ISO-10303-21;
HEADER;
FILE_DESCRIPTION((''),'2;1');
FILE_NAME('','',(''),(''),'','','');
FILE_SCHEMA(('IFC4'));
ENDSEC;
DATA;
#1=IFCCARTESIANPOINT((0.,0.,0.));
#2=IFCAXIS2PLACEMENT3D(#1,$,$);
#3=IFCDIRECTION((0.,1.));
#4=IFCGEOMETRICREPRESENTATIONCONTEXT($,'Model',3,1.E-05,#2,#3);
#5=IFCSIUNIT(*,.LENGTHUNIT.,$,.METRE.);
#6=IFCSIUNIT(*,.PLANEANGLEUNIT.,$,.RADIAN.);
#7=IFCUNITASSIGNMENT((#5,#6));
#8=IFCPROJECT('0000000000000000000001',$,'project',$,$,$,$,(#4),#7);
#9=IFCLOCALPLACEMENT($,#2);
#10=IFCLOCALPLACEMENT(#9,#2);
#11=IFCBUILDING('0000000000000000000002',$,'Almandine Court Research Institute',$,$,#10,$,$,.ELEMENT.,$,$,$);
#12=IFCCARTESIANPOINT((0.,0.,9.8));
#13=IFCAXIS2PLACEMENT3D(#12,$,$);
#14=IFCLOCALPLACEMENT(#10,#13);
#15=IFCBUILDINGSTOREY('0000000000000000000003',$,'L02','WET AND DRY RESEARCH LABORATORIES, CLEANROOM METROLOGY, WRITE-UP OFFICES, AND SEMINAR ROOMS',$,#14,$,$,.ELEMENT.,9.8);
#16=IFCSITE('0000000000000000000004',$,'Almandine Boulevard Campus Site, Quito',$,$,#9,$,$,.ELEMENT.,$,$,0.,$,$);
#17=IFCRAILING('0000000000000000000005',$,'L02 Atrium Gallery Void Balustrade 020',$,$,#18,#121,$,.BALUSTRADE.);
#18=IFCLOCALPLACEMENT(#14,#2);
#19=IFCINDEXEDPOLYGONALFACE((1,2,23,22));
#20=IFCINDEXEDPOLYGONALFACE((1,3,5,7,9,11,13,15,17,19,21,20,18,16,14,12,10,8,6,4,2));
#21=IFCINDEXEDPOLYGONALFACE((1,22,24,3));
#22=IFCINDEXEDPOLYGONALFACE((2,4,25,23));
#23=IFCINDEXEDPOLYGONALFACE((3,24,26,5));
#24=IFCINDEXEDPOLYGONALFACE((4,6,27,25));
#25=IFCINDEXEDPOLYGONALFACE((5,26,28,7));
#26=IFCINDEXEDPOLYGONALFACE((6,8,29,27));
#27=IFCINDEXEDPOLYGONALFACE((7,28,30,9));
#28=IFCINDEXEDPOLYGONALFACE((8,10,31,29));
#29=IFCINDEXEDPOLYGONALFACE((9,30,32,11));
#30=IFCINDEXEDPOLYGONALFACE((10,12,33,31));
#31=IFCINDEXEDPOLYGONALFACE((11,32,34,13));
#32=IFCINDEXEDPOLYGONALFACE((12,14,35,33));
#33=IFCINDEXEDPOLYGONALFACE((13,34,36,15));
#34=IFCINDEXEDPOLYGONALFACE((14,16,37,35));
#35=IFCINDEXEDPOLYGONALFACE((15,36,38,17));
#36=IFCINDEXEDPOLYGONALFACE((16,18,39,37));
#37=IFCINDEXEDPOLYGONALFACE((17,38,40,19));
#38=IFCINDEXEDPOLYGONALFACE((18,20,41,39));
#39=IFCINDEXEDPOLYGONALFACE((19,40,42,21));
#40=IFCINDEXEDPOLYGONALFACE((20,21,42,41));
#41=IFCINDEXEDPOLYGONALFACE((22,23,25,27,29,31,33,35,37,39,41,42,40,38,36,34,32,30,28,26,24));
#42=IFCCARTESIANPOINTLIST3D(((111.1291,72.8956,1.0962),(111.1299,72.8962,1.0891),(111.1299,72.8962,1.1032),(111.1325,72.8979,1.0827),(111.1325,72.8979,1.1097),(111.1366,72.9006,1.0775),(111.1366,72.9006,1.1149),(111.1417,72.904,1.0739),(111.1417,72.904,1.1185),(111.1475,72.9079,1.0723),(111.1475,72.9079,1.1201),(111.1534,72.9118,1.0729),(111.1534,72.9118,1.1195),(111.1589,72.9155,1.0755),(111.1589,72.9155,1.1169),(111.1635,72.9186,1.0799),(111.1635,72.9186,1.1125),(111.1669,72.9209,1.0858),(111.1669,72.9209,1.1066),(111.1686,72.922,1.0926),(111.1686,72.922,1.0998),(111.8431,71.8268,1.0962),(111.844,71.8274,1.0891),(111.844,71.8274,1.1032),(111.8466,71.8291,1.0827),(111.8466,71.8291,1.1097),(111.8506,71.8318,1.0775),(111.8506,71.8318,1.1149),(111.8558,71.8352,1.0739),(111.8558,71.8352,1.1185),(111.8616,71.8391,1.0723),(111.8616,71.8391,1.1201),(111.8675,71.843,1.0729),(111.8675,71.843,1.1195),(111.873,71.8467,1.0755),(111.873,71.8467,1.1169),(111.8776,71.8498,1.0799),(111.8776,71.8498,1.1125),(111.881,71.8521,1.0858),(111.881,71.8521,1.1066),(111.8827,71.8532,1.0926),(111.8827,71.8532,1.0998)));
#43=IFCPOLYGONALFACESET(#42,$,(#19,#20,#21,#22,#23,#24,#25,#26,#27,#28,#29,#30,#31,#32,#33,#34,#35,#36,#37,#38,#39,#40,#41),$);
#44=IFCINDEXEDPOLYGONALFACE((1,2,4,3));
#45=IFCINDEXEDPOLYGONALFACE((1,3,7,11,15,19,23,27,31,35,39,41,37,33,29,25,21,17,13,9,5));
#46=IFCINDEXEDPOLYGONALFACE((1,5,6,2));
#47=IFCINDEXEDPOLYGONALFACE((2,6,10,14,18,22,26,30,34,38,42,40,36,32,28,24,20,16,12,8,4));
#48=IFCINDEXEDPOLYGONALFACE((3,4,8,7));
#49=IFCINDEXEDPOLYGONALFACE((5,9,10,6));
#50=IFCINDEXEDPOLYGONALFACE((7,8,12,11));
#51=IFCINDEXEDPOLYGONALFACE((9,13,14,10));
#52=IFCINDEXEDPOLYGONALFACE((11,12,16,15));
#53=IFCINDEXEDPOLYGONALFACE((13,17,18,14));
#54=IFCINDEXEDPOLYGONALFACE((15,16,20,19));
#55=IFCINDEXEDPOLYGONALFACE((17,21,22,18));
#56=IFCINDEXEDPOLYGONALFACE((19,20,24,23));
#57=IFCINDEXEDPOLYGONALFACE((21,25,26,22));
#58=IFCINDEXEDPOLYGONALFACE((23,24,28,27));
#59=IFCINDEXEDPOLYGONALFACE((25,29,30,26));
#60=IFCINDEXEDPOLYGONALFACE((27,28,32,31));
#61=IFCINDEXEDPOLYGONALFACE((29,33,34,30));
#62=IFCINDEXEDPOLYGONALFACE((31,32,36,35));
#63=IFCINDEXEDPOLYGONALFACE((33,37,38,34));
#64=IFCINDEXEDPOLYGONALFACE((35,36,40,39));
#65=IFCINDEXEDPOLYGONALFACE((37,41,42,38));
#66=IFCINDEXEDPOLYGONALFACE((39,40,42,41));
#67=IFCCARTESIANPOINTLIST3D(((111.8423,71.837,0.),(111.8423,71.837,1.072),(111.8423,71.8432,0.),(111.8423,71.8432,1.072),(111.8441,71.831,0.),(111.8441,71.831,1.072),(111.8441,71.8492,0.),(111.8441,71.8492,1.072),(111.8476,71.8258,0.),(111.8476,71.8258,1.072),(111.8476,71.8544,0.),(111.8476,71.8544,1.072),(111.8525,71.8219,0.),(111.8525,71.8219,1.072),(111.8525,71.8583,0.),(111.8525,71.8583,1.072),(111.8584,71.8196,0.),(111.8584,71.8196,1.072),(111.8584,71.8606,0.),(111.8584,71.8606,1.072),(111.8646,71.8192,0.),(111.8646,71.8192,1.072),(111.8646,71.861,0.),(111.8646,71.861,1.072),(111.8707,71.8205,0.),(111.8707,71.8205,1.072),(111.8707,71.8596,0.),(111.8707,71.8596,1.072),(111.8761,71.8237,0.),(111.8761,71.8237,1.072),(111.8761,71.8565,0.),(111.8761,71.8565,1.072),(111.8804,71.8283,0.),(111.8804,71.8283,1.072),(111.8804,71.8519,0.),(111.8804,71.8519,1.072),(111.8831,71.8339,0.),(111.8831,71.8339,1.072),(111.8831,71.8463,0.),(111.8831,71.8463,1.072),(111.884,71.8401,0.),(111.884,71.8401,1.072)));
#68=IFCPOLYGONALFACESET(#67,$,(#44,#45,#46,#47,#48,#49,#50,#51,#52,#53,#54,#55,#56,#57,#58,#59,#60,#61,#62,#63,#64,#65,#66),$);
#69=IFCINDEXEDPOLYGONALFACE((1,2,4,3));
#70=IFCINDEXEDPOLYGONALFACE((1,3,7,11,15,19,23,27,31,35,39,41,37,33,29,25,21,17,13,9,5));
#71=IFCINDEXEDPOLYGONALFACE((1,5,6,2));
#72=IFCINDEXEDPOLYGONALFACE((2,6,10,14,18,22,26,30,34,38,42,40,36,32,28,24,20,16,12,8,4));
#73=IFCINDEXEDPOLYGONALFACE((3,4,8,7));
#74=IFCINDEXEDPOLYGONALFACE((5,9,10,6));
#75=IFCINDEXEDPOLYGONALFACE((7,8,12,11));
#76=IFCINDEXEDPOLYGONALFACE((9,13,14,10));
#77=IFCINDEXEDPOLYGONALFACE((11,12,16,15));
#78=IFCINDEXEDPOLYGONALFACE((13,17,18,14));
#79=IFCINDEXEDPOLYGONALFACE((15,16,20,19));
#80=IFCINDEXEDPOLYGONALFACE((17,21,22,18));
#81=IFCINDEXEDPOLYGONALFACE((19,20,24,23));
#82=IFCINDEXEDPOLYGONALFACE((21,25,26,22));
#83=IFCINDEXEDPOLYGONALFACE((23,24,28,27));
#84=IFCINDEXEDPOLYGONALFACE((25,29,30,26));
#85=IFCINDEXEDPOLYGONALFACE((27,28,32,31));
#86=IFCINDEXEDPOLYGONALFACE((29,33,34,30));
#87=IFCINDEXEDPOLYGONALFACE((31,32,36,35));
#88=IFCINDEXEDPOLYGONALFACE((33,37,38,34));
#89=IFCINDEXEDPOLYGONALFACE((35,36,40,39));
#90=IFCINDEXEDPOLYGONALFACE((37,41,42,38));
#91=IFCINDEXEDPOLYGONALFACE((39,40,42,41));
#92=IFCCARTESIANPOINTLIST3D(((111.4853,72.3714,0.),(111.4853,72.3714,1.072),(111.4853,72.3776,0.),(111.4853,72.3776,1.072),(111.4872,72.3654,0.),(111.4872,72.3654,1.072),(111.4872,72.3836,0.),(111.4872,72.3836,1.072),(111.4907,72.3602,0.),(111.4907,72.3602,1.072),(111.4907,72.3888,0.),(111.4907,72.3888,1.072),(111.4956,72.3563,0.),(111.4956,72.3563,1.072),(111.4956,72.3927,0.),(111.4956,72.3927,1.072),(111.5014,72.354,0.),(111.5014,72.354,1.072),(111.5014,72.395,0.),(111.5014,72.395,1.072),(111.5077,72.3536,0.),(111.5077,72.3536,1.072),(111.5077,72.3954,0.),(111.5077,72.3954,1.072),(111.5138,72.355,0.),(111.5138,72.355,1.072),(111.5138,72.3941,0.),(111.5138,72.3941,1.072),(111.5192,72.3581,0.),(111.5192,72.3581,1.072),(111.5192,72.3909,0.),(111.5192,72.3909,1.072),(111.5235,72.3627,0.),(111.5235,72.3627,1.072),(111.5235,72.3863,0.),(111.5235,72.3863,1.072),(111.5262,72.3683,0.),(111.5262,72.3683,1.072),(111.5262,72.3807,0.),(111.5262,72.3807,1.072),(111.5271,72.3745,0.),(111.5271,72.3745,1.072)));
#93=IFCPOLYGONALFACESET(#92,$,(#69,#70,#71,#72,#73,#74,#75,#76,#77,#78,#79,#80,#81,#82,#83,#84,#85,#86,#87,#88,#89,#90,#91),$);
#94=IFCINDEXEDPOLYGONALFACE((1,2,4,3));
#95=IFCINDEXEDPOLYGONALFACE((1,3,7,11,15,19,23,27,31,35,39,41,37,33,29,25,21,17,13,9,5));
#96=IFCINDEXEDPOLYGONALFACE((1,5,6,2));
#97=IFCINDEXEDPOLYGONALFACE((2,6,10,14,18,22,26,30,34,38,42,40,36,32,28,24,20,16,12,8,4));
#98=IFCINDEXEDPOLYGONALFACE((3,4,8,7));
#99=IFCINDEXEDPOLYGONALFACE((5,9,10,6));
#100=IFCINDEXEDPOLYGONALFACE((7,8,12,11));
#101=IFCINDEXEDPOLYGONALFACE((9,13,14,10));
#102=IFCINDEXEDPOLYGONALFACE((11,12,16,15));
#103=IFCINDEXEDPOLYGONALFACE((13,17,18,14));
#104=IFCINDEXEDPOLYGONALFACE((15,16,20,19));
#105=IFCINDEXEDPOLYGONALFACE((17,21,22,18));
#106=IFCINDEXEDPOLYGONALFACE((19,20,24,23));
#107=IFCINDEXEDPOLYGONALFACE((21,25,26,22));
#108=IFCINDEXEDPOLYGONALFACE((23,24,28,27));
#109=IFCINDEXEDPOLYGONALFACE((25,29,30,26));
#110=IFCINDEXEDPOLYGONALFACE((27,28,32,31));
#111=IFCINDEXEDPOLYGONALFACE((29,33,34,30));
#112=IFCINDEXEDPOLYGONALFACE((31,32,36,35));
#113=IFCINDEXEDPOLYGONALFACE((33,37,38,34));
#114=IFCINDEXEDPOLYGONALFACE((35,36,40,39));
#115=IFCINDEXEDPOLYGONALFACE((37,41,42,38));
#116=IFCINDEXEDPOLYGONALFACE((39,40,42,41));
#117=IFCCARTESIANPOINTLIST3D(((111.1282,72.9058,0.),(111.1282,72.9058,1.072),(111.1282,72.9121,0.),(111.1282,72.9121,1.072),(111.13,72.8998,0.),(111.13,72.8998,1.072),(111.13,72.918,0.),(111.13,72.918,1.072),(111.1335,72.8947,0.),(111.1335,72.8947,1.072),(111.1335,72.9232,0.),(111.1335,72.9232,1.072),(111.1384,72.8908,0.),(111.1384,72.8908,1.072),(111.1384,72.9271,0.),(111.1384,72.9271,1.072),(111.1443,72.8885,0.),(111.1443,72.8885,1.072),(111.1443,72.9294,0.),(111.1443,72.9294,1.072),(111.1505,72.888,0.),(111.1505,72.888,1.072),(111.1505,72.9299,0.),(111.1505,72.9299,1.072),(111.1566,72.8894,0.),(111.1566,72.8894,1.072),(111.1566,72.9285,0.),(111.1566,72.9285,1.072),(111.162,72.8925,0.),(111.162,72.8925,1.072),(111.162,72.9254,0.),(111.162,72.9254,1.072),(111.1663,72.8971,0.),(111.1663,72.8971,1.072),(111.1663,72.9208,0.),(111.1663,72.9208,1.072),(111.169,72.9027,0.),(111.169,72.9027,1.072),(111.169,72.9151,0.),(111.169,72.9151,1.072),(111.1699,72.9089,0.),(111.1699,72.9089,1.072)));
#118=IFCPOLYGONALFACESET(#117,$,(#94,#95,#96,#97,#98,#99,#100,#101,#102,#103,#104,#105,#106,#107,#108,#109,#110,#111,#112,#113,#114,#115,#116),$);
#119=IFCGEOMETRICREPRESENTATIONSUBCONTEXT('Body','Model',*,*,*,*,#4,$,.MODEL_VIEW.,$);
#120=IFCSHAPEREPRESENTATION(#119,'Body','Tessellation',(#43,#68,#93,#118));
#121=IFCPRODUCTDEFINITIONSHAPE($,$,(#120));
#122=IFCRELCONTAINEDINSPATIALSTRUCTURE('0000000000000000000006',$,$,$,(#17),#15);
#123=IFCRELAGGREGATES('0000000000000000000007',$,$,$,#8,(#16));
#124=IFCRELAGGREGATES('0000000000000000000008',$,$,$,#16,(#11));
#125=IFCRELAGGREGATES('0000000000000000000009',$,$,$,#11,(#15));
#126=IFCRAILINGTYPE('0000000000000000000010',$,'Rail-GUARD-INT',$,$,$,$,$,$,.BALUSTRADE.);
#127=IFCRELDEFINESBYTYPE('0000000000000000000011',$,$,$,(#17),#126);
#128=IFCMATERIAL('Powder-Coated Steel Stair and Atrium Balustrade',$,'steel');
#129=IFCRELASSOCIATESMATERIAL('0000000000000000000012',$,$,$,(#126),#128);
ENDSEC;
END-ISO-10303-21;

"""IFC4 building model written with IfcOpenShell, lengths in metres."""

from ifc_helpers import new_model, si_unit, direction, frame, origin, origin_2d, place, context, subcontext, project, spatial, circle, extrude, material, type_object, element, save


model = new_model("IFC4")

# Units and contexts
model_context = context("Model", 3, precision=1e-05, world=origin(), true_north=direction((0.0, 1.0)))
body_context = subcontext(model_context, "Body", "Model", "MODEL_VIEW")
ifc_project = project(units=[si_unit("LENGTHUNIT", "METRE"), si_unit("PLANEANGLEUNIT", "RADIAN")], contexts=[model_context])

# Site, building, storey
site_placement = place(None, origin())
site = spatial("IfcSite", under=ifc_project, at=site_placement, Name="Almandine Boulevard Campus Site, Quito", CompositionType="ELEMENT", RefElevation=0.0)
building_placement = place(site_placement, origin())
building = spatial("IfcBuilding", under=site, at=building_placement, Name="Almandine Court Research Institute", CompositionType="ELEMENT")
storey_placement = place(building_placement, frame((0.0, 0.0, 9.8)))
storey = spatial("IfcBuildingStorey", under=building, at=storey_placement, Name="L02", Description="WET AND DRY RESEARCH LABORATORIES, CLEANROOM METROLOGY, WRITE-UP OFFICES, AND SEMINAR ROOMS", CompositionType="ELEMENT", Elevation=9.8)

# Railing
ifc_material_1 = material(Name="Powder-Coated Steel Stair and Atrium Balustrade", Category="steel")
railing_type = type_object("IfcRailingType", Name="Rail-GUARD-INT", PredefinedType="BALUSTRADE", material=ifc_material_1)
railing_1_placement = place(storey_placement, frame((111.863, 71.8401, 0.0)))
element("IfcRailing", 1, at=railing_1_placement, inside=storey, type_object=railing_type, Name="L02 Atrium Gallery Void Balustrade 020", PredefinedType="BALUSTRADE", context=body_context, shape_type="SweptSolid", body=[
    extrude(circle(Radius=0.0239, at=origin_2d()), frame((0.0, 0.0, 1.0962), z_axis=(-0.555533, 0.831495, 0.0), x_axis=(-0.831495, -0.555533, 0.0)), (0.0, 0.0, 1.0), 1.2854),
    extrude(circle(Radius=0.021, at=origin_2d()), origin(), (0.0, 0.0, 1.0), 1.072),
    extrude(circle(Radius=0.021, at=origin_2d()), frame((-0.3569, 0.5344, 0.0)), (0.0, 0.0, 1.0), 1.072),
    extrude(circle(Radius=0.021, at=origin_2d()), frame((-0.7141, 1.0688, 0.0)), (0.0, 0.0, 1.0), 1.072),
])

save(model, "model.ifc")
